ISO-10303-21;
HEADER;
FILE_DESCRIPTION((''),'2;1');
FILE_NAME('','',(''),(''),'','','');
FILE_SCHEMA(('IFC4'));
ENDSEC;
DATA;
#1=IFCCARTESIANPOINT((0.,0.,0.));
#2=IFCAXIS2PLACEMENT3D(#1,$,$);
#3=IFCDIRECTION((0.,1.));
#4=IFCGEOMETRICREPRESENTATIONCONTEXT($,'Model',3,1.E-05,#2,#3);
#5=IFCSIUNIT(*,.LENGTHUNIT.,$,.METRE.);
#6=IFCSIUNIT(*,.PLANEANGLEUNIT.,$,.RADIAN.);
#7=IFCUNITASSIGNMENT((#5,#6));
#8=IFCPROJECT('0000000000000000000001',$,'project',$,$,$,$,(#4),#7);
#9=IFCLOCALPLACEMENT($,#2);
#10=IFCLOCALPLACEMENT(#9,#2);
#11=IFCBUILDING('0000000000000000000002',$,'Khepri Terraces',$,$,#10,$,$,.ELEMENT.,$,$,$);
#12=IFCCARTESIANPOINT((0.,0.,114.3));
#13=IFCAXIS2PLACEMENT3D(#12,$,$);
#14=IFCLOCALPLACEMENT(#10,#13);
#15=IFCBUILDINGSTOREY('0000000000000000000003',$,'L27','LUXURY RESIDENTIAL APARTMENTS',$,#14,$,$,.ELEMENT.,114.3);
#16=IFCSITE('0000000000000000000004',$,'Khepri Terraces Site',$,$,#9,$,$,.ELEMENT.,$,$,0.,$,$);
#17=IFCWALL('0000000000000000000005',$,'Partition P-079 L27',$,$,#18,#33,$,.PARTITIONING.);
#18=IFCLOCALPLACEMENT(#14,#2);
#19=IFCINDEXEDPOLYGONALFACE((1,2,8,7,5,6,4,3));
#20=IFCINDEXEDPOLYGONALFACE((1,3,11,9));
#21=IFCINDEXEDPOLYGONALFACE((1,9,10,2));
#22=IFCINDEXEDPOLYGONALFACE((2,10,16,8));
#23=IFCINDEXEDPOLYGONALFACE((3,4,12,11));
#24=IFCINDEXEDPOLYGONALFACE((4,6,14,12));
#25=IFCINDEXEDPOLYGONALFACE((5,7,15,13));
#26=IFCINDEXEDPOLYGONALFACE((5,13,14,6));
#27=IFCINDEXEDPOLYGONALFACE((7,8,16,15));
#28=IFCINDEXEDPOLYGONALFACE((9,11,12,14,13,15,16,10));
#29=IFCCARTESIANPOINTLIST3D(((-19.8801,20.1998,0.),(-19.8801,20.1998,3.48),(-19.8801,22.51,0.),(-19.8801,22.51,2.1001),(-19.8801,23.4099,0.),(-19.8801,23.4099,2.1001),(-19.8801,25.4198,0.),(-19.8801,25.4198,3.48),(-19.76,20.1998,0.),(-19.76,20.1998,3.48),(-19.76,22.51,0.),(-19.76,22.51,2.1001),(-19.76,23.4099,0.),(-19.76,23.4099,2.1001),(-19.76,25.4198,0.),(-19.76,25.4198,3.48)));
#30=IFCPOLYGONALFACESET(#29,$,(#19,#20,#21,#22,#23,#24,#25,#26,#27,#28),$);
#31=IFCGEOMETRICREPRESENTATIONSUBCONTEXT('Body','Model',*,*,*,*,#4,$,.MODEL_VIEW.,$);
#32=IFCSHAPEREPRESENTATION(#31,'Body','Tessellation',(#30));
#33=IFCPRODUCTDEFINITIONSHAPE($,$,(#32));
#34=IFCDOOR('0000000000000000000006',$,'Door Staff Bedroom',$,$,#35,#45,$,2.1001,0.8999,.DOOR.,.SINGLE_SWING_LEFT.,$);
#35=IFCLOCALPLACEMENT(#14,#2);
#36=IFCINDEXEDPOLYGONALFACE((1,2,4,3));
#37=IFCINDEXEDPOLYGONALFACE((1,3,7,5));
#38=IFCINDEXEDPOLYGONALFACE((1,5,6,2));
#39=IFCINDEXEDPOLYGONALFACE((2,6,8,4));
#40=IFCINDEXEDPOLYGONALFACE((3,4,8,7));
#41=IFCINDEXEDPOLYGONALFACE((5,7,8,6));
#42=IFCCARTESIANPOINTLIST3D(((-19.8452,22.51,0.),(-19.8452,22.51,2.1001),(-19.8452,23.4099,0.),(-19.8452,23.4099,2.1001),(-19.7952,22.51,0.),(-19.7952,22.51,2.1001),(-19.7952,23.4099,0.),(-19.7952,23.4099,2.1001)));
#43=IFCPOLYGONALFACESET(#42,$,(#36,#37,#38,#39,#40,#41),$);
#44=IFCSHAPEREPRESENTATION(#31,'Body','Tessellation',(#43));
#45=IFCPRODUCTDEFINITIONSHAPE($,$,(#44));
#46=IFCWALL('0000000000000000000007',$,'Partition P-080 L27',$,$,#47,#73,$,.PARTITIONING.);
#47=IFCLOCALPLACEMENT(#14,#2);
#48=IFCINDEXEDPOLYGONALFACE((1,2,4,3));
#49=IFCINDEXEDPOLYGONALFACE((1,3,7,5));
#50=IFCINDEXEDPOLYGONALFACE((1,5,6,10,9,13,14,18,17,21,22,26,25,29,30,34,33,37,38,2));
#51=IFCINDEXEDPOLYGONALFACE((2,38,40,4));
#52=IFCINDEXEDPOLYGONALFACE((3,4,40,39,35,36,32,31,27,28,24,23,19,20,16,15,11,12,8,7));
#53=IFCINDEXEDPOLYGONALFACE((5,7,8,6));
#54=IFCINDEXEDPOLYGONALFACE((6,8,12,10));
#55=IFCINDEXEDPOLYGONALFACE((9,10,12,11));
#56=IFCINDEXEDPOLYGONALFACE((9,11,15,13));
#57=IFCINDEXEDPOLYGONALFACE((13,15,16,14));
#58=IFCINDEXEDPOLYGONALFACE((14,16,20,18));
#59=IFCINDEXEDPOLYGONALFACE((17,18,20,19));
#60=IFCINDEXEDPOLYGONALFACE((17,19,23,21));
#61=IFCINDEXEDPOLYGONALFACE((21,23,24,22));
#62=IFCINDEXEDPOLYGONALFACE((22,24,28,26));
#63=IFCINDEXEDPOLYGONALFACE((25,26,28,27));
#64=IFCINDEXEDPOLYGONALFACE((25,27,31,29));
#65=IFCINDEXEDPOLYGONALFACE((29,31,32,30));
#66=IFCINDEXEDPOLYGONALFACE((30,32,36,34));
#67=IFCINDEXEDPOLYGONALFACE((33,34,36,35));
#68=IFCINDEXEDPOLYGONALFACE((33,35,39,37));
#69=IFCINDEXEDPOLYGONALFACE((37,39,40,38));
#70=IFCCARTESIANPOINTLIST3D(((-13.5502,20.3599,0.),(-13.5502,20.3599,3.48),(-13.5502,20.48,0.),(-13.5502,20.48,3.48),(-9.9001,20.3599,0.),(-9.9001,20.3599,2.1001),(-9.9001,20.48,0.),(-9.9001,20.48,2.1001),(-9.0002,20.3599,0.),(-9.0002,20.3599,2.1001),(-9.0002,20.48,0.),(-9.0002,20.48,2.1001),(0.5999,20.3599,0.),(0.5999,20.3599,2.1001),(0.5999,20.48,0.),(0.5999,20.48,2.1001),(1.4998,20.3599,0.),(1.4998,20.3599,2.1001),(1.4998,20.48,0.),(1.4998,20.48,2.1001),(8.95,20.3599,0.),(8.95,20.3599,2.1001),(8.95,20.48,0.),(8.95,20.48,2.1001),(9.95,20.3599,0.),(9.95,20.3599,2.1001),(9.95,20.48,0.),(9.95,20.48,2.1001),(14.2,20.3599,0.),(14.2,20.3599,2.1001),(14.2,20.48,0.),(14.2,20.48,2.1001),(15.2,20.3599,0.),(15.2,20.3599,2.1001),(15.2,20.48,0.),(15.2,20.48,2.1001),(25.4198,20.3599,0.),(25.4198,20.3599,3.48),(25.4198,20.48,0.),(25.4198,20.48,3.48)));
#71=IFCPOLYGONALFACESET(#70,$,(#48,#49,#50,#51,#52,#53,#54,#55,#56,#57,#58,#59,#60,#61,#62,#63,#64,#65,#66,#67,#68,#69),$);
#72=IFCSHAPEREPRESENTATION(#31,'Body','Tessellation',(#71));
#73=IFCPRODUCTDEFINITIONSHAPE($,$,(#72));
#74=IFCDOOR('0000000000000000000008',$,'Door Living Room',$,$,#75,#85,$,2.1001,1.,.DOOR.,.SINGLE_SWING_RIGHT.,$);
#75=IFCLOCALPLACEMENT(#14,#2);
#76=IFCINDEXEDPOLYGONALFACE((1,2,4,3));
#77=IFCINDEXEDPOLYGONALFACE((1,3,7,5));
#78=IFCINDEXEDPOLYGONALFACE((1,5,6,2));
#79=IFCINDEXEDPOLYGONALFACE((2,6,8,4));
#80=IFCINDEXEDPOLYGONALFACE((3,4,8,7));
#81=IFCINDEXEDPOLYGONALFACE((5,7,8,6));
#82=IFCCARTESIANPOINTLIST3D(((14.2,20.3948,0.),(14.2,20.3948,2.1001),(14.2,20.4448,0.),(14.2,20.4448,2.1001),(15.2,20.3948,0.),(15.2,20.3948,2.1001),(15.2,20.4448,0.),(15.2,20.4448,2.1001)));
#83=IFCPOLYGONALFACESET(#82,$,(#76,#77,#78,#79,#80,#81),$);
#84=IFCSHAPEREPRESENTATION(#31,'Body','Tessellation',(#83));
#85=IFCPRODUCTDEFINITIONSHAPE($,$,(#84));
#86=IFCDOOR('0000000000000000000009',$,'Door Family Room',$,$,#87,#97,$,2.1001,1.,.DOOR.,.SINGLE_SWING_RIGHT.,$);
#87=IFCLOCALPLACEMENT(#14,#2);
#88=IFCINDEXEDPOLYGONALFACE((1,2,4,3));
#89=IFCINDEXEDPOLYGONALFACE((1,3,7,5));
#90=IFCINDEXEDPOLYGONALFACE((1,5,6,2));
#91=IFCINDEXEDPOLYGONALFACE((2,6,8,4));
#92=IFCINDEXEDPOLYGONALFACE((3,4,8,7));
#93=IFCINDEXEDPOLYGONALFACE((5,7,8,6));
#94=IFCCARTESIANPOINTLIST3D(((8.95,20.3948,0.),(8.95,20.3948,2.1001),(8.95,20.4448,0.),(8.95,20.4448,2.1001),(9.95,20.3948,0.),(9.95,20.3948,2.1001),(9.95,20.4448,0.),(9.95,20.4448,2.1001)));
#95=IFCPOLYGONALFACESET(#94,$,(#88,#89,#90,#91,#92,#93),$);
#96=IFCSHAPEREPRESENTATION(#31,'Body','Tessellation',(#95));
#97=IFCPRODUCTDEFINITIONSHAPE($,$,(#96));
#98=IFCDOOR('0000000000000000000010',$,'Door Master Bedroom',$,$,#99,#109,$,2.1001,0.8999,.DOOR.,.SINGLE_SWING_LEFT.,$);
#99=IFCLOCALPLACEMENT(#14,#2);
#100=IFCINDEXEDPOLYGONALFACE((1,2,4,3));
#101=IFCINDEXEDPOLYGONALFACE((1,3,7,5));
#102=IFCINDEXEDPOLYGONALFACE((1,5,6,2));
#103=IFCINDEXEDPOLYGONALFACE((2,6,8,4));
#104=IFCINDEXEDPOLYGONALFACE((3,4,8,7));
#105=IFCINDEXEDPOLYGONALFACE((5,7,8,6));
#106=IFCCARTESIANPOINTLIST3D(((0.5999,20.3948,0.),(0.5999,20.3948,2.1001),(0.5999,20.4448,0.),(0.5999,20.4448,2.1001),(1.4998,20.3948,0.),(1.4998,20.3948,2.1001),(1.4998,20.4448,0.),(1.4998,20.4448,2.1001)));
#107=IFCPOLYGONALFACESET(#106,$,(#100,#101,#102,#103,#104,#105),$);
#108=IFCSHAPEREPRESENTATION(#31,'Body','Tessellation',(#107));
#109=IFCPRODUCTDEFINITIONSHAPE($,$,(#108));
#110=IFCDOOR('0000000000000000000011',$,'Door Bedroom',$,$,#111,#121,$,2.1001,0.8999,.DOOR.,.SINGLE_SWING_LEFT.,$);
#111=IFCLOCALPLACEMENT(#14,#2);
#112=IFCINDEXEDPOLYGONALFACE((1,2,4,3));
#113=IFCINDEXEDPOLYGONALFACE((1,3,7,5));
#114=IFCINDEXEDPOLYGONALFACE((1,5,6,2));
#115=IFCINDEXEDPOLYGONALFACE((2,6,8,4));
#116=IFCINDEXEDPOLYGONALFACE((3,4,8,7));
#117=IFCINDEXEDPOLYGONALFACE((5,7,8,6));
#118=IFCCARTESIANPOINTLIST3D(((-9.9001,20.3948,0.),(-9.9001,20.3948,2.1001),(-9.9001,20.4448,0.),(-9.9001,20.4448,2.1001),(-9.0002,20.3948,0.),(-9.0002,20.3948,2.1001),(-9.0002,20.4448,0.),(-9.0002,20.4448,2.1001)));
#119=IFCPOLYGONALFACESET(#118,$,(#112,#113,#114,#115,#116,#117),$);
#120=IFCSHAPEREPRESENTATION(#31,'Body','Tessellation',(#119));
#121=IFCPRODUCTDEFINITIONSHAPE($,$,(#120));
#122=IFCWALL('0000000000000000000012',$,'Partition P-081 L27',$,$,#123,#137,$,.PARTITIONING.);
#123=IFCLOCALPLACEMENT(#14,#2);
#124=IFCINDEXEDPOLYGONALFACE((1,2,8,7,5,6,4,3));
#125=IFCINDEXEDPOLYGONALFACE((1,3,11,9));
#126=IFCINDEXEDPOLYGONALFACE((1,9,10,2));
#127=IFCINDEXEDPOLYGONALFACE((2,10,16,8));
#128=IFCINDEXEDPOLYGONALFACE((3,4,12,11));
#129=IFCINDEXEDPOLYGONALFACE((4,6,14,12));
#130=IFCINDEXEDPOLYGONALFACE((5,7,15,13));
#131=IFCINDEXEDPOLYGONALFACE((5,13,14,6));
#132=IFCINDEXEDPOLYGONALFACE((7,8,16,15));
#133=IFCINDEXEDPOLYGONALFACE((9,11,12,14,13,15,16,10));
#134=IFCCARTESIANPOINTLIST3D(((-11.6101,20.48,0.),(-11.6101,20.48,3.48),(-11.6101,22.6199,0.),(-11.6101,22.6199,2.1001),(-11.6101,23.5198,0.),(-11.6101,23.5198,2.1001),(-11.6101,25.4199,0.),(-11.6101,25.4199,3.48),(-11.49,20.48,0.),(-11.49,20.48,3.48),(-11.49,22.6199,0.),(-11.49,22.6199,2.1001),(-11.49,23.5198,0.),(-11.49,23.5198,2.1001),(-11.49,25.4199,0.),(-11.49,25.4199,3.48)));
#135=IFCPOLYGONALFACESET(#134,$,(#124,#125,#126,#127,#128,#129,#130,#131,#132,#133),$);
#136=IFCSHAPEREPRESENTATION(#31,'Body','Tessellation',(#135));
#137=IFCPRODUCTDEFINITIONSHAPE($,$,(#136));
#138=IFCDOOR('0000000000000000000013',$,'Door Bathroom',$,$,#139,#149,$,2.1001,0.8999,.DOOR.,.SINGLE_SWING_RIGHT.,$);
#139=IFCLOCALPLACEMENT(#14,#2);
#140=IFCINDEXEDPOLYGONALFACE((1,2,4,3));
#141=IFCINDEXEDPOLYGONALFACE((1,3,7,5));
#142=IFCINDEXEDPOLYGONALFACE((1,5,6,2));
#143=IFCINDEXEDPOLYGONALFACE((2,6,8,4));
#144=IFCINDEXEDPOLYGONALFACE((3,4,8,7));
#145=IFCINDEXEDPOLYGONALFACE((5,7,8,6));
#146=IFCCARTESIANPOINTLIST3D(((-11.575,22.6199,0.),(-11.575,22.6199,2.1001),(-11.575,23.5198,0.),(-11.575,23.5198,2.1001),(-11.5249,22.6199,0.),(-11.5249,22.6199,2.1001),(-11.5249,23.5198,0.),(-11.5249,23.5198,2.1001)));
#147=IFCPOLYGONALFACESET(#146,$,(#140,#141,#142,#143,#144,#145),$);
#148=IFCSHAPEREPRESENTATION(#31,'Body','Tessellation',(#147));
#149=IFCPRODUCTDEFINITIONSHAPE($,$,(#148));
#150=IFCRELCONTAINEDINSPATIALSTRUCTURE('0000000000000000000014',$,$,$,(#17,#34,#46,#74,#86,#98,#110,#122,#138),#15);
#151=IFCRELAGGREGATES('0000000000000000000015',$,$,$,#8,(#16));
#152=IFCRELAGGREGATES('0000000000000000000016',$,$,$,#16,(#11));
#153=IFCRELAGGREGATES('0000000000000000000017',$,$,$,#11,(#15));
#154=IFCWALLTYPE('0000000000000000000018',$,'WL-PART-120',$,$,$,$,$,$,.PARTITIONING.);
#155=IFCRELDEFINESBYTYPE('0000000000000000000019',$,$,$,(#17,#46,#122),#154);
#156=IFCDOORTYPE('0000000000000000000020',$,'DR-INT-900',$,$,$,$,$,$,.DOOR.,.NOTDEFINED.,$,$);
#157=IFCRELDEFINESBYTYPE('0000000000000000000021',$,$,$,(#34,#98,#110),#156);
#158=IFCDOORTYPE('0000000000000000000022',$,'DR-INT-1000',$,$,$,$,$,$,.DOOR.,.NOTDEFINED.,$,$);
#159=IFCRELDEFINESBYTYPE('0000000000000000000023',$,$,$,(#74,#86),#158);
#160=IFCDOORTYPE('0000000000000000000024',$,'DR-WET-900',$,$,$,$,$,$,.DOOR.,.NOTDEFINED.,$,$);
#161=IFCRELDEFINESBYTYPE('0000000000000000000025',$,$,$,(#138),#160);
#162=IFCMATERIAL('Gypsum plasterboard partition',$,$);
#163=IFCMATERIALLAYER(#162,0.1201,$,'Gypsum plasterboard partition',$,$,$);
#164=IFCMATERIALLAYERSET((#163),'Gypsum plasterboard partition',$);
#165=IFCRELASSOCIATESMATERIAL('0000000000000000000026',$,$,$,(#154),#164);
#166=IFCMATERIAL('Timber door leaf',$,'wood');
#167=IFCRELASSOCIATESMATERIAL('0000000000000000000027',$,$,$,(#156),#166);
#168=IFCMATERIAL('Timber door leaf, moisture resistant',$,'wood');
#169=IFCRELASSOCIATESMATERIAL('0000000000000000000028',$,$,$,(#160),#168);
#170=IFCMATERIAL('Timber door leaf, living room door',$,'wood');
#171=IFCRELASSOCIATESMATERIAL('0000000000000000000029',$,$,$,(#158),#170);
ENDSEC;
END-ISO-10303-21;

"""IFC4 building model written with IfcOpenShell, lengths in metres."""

from ifc_helpers import new_model, si_unit, direction, frame, frame_2d, origin, place, context, subcontext, project, spatial, rectangle, extrude, material, layer, layer_set, type_object, element, fill, save


model = new_model("IFC4")

# Units and contexts
model_context = context("Model", 3, precision=1e-05, world=origin(), true_north=direction((0.0, 1.0)))
body_context = subcontext(model_context, "Body", "Model", "MODEL_VIEW")
ifc_project = project(units=[si_unit("LENGTHUNIT", "METRE"), si_unit("PLANEANGLEUNIT", "RADIAN")], contexts=[model_context])

# Site, building, storey
site_placement = place(None, origin())
site = spatial("IfcSite", under=ifc_project, at=site_placement, Name="Khepri Terraces Site", CompositionType="ELEMENT", RefElevation=0.0)
building_placement = place(site_placement, origin())
building = spatial("IfcBuilding", under=site, at=building_placement, Name="Khepri Terraces", CompositionType="ELEMENT")
storey_placement = place(building_placement, frame((0.0, 0.0, 114.3)))
storey = spatial("IfcBuildingStorey", under=building, at=storey_placement, Name="L27", Description="LUXURY RESIDENTIAL APARTMENTS", CompositionType="ELEMENT", Elevation=114.3)

# Shared definitions
ifc_material_1 = material(Name="Gypsum plasterboard partition")
ifc_layer_1 = layer(ifc_material_1, 0.1201, Name="Gypsum plasterboard partition")
ifc_layer_set_1 = layer_set([ifc_layer_1], Name="Gypsum plasterboard partition")
wall_type_1 = type_object("IfcWallType", Name="WL-PART-120", PredefinedType="PARTITIONING", material=ifc_layer_set_1)
ifc_material_2 = material(Name="Timber door leaf", Category="wood")
door_type_1 = type_object("IfcDoorType", Name="DR-INT-900", OperationType="NOTDEFINED", PredefinedType="DOOR", material=ifc_material_2)
ifc_material_3 = material(Name="Timber door leaf, moisture resistant", Category="wood")
door_type_2 = type_object("IfcDoorType", Name="DR-WET-900", OperationType="NOTDEFINED", PredefinedType="DOOR", material=ifc_material_3)

# Wall, opening, door
wall_1_placement = place(storey_placement, frame((-19.8201, 20.2, 0.0), z_axis=(0.0, 0.0, 1.0), x_axis=(0.0, 1.0, 0.0)))
wall_1 = element("IfcWall", 1, at=wall_1_placement, inside=storey, type_object=wall_type_1, Name="Partition P-079 L27", PredefinedType="PARTITIONING", context=body_context, shape_type="SweptSolid", body=[
    extrude(rectangle(XDim=5.22, YDim=0.1201, at=frame_2d((2.6099, 0.0))), origin(), (0.0, 0.0, 1.0), 3.48),
])
opening_1_placement = place(wall_1_placement, frame((2.3101, 0.0, 0.0)))
opening_1 = element("IfcOpeningElement", 2, at=opening_1_placement, cuts=wall_1, PredefinedType="OPENING", context=body_context, shape_type="SweptSolid", body=[
    extrude(rectangle(XDim=0.8999, YDim=2.1001, at=frame_2d((0.45, 1.05))), frame((0.0, 0.0701, 0.0), z_axis=(0.0, -1.0, 0.0), x_axis=(1.0, 0.0, 0.0)), (0.0, 0.0, 1.0), 0.1401),
])
door_1_placement = place(opening_1_placement, frame((0.8999, 0.0, 0.0), z_axis=(0.0, 0.0, 1.0), x_axis=(-1.0, 0.0, 0.0)))
door_1 = element("IfcDoor", 3, at=door_1_placement, inside=storey, type_object=door_type_1, Name="Door Staff Bedroom", OperationType="SINGLE_SWING_LEFT", OverallHeight=2.1001, OverallWidth=0.8999, PredefinedType="DOOR", context=body_context, shape_type="SweptSolid", body=[
    extrude(rectangle(XDim=0.8999, YDim=2.1001, at=frame_2d((0.45, 1.05))), frame((0.0, 0.0249, 0.0), z_axis=(0.0, -1.0, 0.0), x_axis=(1.0, 0.0, 0.0)), (0.0, 0.0, 1.0), 0.05),
])
fill(opening_1, door_1)

# Wall, openings, doors
wall_2_placement = place(storey_placement, frame((-13.55, 20.4199, 0.0), z_axis=(0.0, 0.0, 1.0), x_axis=(1.0, 0.0, 0.0)))
wall_2 = element("IfcWall", 4, at=wall_2_placement, inside=storey, type_object=wall_type_1, Name="Partition P-080 L27", PredefinedType="PARTITIONING", context=body_context, shape_type="SweptSolid", body=[
    extrude(rectangle(XDim=38.97, YDim=0.1201, at=frame_2d((19.4849, 0.0))), origin(), (0.0, 0.0, 1.0), 3.48),
])
opening_2_placement = place(wall_2_placement, frame((27.75, 0.0, 0.0)))
opening_2 = element("IfcOpeningElement", 5, at=opening_2_placement, cuts=wall_2, PredefinedType="OPENING", context=body_context, shape_type="SweptSolid", body=[
    extrude(rectangle(XDim=1.0, YDim=2.1001, at=frame_2d((0.5, 1.05))), frame((0.0, 0.0701, 0.0), z_axis=(0.0, -1.0, 0.0), x_axis=(1.0, 0.0, 0.0)), (0.0, 0.0, 1.0), 0.1401),
])
opening_3_placement = place(wall_2_placement, frame((22.5, 0.0, 0.0)))
opening_3 = element("IfcOpeningElement", 6, at=opening_3_placement, cuts=wall_2, PredefinedType="OPENING", context=body_context, shape_type="SweptSolid", body=[
    extrude(rectangle(XDim=1.0, YDim=2.1001, at=frame_2d((0.5, 1.05))), frame((0.0, 0.0701, 0.0), z_axis=(0.0, -1.0, 0.0), x_axis=(1.0, 0.0, 0.0)), (0.0, 0.0, 1.0), 0.1401),
])
opening_4_placement = place(wall_2_placement, frame((14.1499, 0.0, 0.0)))
opening_4 = element("IfcOpeningElement", 7, at=opening_4_placement, cuts=wall_2, PredefinedType="OPENING", context=body_context, shape_type="SweptSolid", body=[
    extrude(rectangle(XDim=0.8999, YDim=2.1001, at=frame_2d((0.45, 1.05))), frame((0.0, 0.0701, 0.0), z_axis=(0.0, -1.0, 0.0), x_axis=(1.0, 0.0, 0.0)), (0.0, 0.0, 1.0), 0.1401),
])
opening_5_placement = place(wall_2_placement, frame((3.6499, 0.0, 0.0)))
opening_5 = element("IfcOpeningElement", 8, at=opening_5_placement, cuts=wall_2, PredefinedType="OPENING", context=body_context, shape_type="SweptSolid", body=[
    extrude(rectangle(XDim=0.8999, YDim=2.1001, at=frame_2d((0.45, 1.05))), frame((0.0, 0.0701, 0.0), z_axis=(0.0, -1.0, 0.0), x_axis=(1.0, 0.0, 0.0)), (0.0, 0.0, 1.0), 0.1401),
])
ifc_material_4 = material(Name="Timber door leaf, living room door", Category="wood")
door_type_3 = type_object("IfcDoorType", Name="DR-INT-1000", OperationType="NOTDEFINED", PredefinedType="DOOR", material=ifc_material_4)
door_2_placement = place(opening_2_placement, origin())
door_2 = element("IfcDoor", 9, at=door_2_placement, inside=storey, type_object=door_type_3, Name="Door Living Room", OperationType="SINGLE_SWING_RIGHT", OverallHeight=2.1001, OverallWidth=1.0, PredefinedType="DOOR", context=body_context, shape_type="SweptSolid", body=[
    extrude(rectangle(XDim=1.0, YDim=2.1001, at=frame_2d((0.5, 1.05))), frame((0.0, 0.0249, 0.0), z_axis=(0.0, -1.0, 0.0), x_axis=(1.0, 0.0, 0.0)), (0.0, 0.0, 1.0), 0.05),
])
fill(opening_2, door_2)
door_3_placement = place(opening_3_placement, origin())
door_3 = element("IfcDoor", 10, at=door_3_placement, inside=storey, type_object=door_type_3, Name="Door Family Room", OperationType="SINGLE_SWING_RIGHT", OverallHeight=2.1001, OverallWidth=1.0, PredefinedType="DOOR", context=body_context, shape_type="SweptSolid", body=[
    extrude(rectangle(XDim=1.0, YDim=2.1001, at=frame_2d((0.5, 1.05))), frame((0.0, 0.0249, 0.0), z_axis=(0.0, -1.0, 0.0), x_axis=(1.0, 0.0, 0.0)), (0.0, 0.0, 1.0), 0.05),
])
fill(opening_3, door_3)
door_4_placement = place(opening_4_placement, origin())
door_4 = element("IfcDoor", 11, at=door_4_placement, inside=storey, type_object=door_type_1, Name="Door Master Bedroom", OperationType="SINGLE_SWING_LEFT", OverallHeight=2.1001, OverallWidth=0.8999, PredefinedType="DOOR", context=body_context, shape_type="SweptSolid", body=[
    extrude(rectangle(XDim=0.8999, YDim=2.1001, at=frame_2d((0.45, 1.05))), frame((0.0, 0.0249, 0.0), z_axis=(0.0, -1.0, 0.0), x_axis=(1.0, 0.0, 0.0)), (0.0, 0.0, 1.0), 0.05),
])
fill(opening_4, door_4)
door_5_placement = place(opening_5_placement, origin())
door_5 = element("IfcDoor", 12, at=door_5_placement, inside=storey, type_object=door_type_1, Name="Door Bedroom", OperationType="SINGLE_SWING_LEFT", OverallHeight=2.1001, OverallWidth=0.8999, PredefinedType="DOOR", context=body_context, shape_type="SweptSolid", body=[
    extrude(rectangle(XDim=0.8999, YDim=2.1001, at=frame_2d((0.45, 1.05))), frame((0.0, 0.0249, 0.0), z_axis=(0.0, -1.0, 0.0), x_axis=(1.0, 0.0, 0.0)), (0.0, 0.0, 1.0), 0.05),
])
fill(opening_5, door_5)

# Wall, opening, door
wall_3_placement = place(storey_placement, frame((-11.55, 20.48, 0.0), z_axis=(0.0, 0.0, 1.0), x_axis=(0.0, 1.0, 0.0)))
wall_3 = element("IfcWall", 13, at=wall_3_placement, inside=storey, type_object=wall_type_1, Name="Partition P-081 L27", PredefinedType="PARTITIONING", context=body_context, shape_type="SweptSolid", body=[
    extrude(rectangle(XDim=4.9399, YDim=0.1201, at=frame_2d((2.47, 0.0))), origin(), (0.0, 0.0, 1.0), 3.48),
])
opening_6_placement = place(wall_3_placement, frame((2.1399, 0.0, 0.0)))
opening_6 = element("IfcOpeningElement", 14, at=opening_6_placement, cuts=wall_3, PredefinedType="OPENING", context=body_context, shape_type="SweptSolid", body=[
    extrude(rectangle(XDim=0.8999, YDim=2.1001, at=frame_2d((0.45, 1.05))), frame((0.0, 0.0701, 0.0), z_axis=(0.0, -1.0, 0.0), x_axis=(1.0, 0.0, 0.0)), (0.0, 0.0, 1.0), 0.1401),
])
door_6_placement = place(opening_6_placement, origin())
door_6 = element("IfcDoor", 15, at=door_6_placement, inside=storey, type_object=door_type_2, Name="Door Bathroom", OperationType="SINGLE_SWING_RIGHT", OverallHeight=2.1001, OverallWidth=0.8999, PredefinedType="DOOR", context=body_context, shape_type="SweptSolid", body=[
    extrude(rectangle(XDim=0.8999, YDim=2.1001, at=frame_2d((0.45, 1.05))), frame((0.0, 0.0249, 0.0), z_axis=(0.0, -1.0, 0.0), x_axis=(1.0, 0.0, 0.0)), (0.0, 0.0, 1.0), 0.05),
])
fill(opening_6, door_6)

save(model, "model.ifc")
